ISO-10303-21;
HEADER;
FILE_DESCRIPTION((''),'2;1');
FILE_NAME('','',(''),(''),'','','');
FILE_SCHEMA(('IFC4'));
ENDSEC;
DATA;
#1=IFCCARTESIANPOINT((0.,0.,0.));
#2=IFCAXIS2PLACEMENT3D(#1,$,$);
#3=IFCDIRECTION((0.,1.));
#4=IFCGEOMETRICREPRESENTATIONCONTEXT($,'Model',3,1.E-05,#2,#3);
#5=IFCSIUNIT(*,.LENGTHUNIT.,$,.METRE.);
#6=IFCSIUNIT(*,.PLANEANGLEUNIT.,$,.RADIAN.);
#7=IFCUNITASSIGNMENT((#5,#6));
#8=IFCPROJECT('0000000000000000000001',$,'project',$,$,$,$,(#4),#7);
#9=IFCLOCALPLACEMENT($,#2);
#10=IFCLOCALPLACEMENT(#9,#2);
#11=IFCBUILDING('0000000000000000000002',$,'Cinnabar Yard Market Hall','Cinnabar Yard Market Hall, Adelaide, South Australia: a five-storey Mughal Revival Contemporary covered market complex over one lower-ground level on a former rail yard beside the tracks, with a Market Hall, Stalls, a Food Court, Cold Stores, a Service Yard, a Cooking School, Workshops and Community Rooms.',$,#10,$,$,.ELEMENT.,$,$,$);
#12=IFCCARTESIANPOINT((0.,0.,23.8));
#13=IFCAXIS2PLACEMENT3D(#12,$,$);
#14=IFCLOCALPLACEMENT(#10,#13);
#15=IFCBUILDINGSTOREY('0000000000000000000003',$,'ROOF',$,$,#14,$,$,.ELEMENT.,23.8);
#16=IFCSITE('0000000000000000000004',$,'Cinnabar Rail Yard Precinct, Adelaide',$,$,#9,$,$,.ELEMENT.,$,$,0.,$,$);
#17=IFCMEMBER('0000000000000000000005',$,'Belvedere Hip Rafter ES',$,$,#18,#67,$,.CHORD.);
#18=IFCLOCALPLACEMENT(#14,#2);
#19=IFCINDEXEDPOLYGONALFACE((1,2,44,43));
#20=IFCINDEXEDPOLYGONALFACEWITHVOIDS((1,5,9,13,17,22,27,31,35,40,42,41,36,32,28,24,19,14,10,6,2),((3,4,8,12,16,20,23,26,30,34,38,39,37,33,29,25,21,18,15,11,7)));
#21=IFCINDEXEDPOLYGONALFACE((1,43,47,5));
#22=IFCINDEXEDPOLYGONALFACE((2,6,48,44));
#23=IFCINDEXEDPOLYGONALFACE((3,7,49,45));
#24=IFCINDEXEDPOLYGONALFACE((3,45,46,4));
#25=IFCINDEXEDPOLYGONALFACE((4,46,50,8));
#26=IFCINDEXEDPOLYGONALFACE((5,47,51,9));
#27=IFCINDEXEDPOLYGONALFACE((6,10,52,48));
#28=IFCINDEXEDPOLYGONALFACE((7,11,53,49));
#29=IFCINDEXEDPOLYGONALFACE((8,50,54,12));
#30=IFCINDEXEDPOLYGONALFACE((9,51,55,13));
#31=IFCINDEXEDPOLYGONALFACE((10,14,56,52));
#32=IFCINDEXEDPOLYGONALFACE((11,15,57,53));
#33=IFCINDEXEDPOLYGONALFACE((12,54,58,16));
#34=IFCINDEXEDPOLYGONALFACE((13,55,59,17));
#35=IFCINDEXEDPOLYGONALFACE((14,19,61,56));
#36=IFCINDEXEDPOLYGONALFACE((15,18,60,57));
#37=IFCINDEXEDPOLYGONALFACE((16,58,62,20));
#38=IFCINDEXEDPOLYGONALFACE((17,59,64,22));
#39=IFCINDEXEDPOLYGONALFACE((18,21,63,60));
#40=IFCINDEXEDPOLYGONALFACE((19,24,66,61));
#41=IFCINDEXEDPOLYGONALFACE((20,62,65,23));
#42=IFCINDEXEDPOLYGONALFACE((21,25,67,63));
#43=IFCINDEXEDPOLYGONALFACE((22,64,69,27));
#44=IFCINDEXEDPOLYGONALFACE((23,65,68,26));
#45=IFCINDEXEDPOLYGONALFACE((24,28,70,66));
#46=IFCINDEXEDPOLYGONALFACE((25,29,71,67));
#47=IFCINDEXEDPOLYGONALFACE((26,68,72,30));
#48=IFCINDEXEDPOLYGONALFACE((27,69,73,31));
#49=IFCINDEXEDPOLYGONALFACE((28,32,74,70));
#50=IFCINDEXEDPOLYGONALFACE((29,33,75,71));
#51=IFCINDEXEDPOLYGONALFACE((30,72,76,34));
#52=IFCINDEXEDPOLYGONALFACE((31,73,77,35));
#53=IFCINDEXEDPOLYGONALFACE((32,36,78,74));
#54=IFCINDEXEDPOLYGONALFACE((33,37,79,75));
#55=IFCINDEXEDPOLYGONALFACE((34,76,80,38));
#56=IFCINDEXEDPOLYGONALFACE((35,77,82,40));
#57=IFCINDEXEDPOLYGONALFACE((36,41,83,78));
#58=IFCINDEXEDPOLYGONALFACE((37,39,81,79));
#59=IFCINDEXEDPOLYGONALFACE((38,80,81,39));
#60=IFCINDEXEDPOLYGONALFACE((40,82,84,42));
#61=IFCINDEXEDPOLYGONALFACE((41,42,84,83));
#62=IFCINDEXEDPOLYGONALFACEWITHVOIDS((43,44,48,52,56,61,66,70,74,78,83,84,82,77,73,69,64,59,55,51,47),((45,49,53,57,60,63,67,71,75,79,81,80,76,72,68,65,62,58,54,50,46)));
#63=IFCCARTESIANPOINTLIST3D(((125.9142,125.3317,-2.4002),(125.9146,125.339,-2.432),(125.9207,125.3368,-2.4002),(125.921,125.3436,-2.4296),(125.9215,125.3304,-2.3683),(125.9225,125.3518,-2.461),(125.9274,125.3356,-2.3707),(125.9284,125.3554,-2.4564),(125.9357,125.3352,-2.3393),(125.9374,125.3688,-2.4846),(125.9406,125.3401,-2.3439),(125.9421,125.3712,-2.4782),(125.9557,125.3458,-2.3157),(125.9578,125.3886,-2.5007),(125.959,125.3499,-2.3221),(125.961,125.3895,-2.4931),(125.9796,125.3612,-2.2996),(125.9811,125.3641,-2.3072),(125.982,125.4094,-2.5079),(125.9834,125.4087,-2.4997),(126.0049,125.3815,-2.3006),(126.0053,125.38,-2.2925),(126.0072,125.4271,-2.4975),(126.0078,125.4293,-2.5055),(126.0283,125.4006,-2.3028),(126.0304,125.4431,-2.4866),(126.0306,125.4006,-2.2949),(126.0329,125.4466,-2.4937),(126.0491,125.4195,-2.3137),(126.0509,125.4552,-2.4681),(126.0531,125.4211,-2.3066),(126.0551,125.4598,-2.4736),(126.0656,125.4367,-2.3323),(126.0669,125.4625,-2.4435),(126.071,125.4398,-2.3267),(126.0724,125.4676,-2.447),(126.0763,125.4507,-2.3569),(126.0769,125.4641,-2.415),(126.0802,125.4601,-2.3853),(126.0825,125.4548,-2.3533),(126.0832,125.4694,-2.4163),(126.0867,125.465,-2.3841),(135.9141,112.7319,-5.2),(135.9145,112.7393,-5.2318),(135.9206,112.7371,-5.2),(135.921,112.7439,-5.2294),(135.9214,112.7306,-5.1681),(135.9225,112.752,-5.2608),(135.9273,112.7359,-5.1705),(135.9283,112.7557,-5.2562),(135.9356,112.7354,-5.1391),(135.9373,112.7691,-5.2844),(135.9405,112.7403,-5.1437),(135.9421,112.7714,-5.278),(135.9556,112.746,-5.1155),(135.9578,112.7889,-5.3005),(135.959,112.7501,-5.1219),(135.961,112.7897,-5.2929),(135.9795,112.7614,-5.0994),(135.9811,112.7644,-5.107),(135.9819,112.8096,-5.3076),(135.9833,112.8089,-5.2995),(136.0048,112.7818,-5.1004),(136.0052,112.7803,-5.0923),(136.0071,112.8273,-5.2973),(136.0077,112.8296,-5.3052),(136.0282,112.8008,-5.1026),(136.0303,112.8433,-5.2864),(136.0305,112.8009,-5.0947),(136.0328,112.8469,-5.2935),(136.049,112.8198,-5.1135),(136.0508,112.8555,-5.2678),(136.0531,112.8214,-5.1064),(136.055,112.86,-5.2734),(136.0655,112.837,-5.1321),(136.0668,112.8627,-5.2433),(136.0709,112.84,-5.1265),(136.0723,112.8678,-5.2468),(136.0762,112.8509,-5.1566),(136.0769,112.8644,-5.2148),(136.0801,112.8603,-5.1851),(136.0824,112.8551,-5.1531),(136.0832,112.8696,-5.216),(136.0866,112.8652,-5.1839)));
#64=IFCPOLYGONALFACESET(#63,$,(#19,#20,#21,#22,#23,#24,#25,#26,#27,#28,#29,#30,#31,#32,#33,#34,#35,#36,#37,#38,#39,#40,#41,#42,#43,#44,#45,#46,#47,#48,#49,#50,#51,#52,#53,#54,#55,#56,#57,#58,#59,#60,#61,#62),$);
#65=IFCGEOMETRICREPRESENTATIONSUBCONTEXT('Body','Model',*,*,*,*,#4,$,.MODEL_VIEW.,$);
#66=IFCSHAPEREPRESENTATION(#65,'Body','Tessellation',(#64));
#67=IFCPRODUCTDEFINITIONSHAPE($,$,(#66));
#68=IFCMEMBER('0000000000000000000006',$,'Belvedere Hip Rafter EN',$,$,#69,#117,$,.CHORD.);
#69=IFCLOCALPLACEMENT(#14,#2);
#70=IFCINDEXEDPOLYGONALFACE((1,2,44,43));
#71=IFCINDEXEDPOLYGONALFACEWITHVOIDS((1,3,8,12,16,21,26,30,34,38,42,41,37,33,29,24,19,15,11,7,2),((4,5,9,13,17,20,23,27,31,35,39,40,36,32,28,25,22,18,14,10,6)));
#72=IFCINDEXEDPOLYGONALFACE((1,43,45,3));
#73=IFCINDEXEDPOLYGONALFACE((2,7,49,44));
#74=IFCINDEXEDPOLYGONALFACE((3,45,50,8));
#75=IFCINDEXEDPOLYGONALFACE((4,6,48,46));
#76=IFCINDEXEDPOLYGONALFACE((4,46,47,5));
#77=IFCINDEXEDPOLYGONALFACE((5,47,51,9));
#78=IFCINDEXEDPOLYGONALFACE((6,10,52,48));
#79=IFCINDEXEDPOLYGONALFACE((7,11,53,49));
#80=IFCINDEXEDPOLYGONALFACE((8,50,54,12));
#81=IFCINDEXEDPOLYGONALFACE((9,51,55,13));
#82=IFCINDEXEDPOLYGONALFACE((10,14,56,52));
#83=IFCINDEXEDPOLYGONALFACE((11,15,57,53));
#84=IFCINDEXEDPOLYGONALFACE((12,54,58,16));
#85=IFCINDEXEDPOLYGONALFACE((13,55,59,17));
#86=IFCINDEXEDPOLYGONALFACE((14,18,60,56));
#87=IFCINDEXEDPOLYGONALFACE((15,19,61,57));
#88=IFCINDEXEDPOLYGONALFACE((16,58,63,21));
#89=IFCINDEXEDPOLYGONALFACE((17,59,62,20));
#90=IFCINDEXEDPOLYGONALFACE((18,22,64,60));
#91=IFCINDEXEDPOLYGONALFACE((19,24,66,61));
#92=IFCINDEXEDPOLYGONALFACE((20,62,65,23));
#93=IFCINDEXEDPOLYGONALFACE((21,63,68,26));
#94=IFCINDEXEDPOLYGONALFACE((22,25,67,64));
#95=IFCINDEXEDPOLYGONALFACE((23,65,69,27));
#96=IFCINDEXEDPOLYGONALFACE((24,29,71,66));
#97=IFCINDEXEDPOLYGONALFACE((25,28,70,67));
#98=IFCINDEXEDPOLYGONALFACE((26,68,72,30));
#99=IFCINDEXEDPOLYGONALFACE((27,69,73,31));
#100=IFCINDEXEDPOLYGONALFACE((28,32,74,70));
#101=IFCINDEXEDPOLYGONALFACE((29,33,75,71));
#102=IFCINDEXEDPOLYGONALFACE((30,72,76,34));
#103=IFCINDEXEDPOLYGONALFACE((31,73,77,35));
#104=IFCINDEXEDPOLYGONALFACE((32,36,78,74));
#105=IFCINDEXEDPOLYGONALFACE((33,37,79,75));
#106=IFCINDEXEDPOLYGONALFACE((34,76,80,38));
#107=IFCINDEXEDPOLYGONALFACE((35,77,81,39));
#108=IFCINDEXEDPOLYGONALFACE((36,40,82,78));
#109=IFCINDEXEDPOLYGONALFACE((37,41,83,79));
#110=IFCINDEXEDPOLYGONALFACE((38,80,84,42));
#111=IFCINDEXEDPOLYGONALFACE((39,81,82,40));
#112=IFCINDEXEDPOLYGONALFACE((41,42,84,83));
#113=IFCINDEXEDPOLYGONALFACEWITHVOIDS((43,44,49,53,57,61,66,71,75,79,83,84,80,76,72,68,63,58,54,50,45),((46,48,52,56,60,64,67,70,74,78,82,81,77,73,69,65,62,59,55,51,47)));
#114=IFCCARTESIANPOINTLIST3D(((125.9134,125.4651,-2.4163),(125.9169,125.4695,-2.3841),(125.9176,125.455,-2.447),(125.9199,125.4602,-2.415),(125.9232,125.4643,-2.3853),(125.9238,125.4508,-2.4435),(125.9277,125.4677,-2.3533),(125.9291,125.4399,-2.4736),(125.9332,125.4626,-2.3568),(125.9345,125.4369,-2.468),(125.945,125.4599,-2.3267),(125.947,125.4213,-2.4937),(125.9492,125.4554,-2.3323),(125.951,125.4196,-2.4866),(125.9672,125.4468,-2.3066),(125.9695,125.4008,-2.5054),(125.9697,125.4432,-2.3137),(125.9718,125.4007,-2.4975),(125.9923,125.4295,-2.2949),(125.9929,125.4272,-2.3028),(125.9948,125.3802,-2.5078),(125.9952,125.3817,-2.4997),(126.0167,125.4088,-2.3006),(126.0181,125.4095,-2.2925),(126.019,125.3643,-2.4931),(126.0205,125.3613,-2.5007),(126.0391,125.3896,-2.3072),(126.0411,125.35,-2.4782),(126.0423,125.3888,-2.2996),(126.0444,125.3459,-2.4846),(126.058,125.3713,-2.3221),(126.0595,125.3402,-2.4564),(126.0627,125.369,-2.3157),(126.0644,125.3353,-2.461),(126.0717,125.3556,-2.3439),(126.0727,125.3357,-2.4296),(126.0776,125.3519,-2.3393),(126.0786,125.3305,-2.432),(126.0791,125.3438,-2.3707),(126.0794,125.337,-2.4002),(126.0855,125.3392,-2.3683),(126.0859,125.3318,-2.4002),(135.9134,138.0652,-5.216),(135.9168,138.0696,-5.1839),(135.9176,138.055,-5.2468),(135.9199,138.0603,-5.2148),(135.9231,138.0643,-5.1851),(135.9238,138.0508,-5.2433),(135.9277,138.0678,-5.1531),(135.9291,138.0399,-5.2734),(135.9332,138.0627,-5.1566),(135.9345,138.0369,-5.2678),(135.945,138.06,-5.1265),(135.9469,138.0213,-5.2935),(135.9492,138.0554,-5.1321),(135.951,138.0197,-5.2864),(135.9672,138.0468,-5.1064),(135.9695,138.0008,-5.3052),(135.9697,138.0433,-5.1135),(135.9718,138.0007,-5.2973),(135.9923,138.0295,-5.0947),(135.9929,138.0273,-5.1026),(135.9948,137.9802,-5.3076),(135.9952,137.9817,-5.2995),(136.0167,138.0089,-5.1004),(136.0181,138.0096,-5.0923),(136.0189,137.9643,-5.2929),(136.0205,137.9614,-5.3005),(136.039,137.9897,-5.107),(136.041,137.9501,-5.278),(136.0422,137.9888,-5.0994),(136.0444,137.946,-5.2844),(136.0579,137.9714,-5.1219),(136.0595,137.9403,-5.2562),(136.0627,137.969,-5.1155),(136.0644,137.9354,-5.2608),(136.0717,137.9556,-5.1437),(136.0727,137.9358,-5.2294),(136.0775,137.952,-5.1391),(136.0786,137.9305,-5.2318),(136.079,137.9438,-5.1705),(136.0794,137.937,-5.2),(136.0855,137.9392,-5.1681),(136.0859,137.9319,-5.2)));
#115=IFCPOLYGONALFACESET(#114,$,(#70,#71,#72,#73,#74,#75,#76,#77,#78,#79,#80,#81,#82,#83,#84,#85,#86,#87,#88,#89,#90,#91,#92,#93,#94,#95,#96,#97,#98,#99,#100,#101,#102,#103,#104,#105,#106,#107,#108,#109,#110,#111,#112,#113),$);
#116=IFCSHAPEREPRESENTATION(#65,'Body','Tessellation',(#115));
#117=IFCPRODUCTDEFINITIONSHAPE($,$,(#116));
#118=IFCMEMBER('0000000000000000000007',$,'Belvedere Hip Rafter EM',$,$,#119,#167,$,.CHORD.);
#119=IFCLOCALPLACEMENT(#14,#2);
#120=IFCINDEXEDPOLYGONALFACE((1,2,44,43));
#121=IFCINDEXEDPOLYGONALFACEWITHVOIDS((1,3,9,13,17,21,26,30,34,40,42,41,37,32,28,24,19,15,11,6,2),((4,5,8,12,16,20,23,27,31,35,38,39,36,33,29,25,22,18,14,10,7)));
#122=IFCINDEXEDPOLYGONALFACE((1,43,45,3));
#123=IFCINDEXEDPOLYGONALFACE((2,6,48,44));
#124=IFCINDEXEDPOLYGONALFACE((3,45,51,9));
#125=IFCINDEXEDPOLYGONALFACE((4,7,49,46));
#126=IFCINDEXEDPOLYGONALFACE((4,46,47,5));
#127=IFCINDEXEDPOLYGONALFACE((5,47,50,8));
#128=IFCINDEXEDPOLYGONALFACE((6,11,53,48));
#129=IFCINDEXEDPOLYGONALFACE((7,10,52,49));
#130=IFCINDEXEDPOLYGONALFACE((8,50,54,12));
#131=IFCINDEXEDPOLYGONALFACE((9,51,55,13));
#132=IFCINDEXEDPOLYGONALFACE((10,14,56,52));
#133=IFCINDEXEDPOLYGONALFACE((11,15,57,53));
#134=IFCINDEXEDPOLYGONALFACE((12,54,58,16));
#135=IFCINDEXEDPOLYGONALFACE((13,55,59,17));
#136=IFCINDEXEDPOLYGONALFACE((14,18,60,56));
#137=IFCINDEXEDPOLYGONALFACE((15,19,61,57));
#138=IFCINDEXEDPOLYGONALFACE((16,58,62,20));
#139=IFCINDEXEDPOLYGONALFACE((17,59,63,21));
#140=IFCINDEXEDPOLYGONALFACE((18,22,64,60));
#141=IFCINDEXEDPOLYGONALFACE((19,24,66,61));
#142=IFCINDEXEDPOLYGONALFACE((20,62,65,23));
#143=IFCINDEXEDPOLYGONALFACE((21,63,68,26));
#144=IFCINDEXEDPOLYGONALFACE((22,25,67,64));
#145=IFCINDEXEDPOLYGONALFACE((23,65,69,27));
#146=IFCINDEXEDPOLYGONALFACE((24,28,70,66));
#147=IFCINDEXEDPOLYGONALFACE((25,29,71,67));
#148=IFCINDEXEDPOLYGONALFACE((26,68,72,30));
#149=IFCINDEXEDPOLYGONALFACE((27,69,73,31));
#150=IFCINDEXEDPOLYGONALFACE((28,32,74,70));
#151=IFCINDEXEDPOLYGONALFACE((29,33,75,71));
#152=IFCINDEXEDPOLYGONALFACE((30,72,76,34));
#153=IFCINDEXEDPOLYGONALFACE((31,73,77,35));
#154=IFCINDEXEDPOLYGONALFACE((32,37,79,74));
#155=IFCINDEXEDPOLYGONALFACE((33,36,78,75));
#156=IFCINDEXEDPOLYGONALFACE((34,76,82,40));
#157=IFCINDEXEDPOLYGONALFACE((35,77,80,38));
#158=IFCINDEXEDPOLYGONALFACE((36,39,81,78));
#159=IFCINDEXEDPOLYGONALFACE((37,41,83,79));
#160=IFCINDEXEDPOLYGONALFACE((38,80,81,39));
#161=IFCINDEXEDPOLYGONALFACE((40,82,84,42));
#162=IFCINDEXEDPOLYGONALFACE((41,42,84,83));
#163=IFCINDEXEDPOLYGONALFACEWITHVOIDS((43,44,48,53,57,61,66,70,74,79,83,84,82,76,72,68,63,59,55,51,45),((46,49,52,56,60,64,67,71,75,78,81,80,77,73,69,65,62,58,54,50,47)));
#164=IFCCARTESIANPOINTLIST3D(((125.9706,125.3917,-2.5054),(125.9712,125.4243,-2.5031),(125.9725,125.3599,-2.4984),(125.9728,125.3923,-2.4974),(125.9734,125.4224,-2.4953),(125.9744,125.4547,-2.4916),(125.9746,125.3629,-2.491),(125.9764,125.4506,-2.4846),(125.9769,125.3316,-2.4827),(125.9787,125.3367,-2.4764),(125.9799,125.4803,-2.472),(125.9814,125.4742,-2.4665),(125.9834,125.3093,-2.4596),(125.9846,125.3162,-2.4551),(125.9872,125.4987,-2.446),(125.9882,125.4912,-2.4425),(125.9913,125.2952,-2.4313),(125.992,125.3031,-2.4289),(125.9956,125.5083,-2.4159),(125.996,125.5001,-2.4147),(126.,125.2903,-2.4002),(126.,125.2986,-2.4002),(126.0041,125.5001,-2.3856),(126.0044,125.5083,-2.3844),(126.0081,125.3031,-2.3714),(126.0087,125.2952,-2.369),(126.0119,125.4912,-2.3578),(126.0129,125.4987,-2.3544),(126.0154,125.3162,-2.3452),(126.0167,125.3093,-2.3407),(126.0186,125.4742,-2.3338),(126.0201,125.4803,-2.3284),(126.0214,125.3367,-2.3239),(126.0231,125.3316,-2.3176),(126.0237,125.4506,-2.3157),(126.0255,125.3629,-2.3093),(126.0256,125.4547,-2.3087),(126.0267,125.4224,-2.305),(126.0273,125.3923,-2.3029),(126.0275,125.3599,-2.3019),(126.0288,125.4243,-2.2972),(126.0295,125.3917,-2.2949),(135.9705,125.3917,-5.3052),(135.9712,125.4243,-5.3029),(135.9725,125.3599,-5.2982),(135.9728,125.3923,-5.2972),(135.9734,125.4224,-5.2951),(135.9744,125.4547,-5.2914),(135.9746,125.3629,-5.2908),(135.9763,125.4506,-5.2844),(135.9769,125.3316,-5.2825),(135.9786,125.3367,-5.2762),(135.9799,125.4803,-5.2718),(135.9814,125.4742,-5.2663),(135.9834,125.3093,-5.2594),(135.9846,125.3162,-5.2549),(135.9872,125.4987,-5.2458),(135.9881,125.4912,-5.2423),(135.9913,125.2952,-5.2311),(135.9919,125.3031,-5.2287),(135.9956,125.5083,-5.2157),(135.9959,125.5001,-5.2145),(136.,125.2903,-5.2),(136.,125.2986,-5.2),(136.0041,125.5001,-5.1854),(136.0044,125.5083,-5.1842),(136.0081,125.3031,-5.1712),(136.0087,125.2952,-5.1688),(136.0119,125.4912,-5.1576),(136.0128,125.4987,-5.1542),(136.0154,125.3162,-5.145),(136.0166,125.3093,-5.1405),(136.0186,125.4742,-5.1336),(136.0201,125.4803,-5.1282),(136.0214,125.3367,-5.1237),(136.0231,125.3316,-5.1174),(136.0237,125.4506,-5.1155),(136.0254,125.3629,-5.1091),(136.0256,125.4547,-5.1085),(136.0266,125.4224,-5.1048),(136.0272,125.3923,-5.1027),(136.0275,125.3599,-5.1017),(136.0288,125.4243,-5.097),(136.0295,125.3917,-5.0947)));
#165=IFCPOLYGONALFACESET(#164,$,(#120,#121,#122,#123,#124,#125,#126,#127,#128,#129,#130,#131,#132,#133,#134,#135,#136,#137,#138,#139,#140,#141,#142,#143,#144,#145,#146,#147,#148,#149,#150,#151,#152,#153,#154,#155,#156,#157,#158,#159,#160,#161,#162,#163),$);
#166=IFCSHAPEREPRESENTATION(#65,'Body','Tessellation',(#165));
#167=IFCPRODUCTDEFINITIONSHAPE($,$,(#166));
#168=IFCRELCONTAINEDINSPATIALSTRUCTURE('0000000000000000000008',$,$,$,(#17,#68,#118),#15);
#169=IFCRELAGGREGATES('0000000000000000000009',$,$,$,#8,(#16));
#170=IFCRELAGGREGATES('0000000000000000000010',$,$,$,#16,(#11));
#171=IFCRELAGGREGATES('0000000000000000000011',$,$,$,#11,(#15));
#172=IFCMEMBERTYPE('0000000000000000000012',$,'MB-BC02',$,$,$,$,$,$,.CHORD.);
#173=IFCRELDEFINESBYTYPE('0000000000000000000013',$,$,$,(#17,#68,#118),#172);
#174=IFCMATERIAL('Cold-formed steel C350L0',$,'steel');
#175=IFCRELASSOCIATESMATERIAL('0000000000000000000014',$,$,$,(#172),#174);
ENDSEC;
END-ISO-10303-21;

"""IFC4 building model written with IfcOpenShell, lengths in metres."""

from ifc_helpers import new_model, si_unit, direction, frame, origin, origin_2d_with_axis, place, context, subcontext, project, spatial, hollow_circle, extrude, material, material_profile, profile_set, type_object, element, save


model = new_model("IFC4")

# Units and contexts
model_context = context("Model", 3, precision=1e-05, world=origin(), true_north=direction((0.0, 1.0)))
body_context = subcontext(model_context, "Body", "Model", "MODEL_VIEW")
ifc_project = project(units=[si_unit("LENGTHUNIT", "METRE"), si_unit("PLANEANGLEUNIT", "RADIAN")], contexts=[model_context])

# Site, building, storey
site_placement = place(None, origin())
site = spatial("IfcSite", under=ifc_project, at=site_placement, Name="Cinnabar Rail Yard Precinct, Adelaide", CompositionType="ELEMENT", RefElevation=0.0)
building_placement = place(site_placement, origin())
building = spatial("IfcBuilding", under=site, at=building_placement, Name="Cinnabar Yard Market Hall", Description="Cinnabar Yard Market Hall, Adelaide, South Australia: a five-storey Mughal Revival Contemporary covered market complex over one lower-ground level on a former rail yard beside the tracks, with a Market Hall, Stalls, a Food Court, Cold Stores, a Service Yard, a Cooking School, Workshops and Community Rooms.", CompositionType="ELEMENT")
storey_placement = place(building_placement, frame((0.0, 0.0, 23.8)))
storey = spatial("IfcBuildingStorey", under=building, at=storey_placement, Name="ROOF", CompositionType="ELEMENT", Elevation=23.8)

# Shared definitions
ifc_material_1 = material(Name="Cold-formed steel C350L0", Category="steel")

# Members
ifc_material_profile_1 = material_profile(ifc_material_1, hollow_circle(Radius=0.1096, WallThickness=0.0083, at=origin_2d_with_axis()), Name="219.1x8.2CHS")
ifc_profile_set_1 = profile_set([ifc_material_profile_1], Name="Cold-formed steel C350L0")
member_type_1 = type_object("IfcMemberType", Name="MB-BC02", PredefinedType="CHORD", material=ifc_profile_set_1)
member_1_placement = place(storey_placement, frame((136.0, 112.8, -5.2), z_axis=(-0.612454, 0.771684, 0.171475), x_axis=(-0.783285, -0.621662, 0.0)))
element("IfcMember", 1, at=member_1_placement, inside=storey, type_object=member_type_1, Name="Belvedere Hip Rafter ES", PredefinedType="CHORD", context=body_context, shape_type="SweptSolid", body=[
    extrude(hollow_circle(Radius=0.1096, WallThickness=0.0083, at=origin_2d_with_axis()), origin(), (0.0, 0.0, 1.0), 16.3276),
])
member_2_placement = place(storey_placement, frame((136.0, 138.0, -5.2), z_axis=(-0.612447, -0.77169, 0.171473), x_axis=(0.783291, -0.621655, 0.0)))
element("IfcMember", 2, at=member_2_placement, inside=storey, type_object=member_type_1, Name="Belvedere Hip Rafter EN", PredefinedType="CHORD", context=body_context, shape_type="SweptSolid", body=[
    extrude(hollow_circle(Radius=0.1096, WallThickness=0.0083, at=origin_2d_with_axis()), origin(), (0.0, 0.0, 1.0), 16.3279),
])
member_3_placement = place(storey_placement, frame((136.0, 125.3999, -5.2), z_axis=(-0.962969, 0.0, 0.269612), x_axis=(0.0, -1.0, 0.0)))
element("IfcMember", 3, at=member_3_placement, inside=storey, type_object=member_type_1, Name="Belvedere Hip Rafter EM", PredefinedType="CHORD", context=body_context, shape_type="SweptSolid", body=[
    extrude(hollow_circle(Radius=0.1096, WallThickness=0.0083, at=origin_2d_with_axis()), origin(), (0.0, 0.0, 1.0), 10.3845),
])

save(model, "model.ifc")
